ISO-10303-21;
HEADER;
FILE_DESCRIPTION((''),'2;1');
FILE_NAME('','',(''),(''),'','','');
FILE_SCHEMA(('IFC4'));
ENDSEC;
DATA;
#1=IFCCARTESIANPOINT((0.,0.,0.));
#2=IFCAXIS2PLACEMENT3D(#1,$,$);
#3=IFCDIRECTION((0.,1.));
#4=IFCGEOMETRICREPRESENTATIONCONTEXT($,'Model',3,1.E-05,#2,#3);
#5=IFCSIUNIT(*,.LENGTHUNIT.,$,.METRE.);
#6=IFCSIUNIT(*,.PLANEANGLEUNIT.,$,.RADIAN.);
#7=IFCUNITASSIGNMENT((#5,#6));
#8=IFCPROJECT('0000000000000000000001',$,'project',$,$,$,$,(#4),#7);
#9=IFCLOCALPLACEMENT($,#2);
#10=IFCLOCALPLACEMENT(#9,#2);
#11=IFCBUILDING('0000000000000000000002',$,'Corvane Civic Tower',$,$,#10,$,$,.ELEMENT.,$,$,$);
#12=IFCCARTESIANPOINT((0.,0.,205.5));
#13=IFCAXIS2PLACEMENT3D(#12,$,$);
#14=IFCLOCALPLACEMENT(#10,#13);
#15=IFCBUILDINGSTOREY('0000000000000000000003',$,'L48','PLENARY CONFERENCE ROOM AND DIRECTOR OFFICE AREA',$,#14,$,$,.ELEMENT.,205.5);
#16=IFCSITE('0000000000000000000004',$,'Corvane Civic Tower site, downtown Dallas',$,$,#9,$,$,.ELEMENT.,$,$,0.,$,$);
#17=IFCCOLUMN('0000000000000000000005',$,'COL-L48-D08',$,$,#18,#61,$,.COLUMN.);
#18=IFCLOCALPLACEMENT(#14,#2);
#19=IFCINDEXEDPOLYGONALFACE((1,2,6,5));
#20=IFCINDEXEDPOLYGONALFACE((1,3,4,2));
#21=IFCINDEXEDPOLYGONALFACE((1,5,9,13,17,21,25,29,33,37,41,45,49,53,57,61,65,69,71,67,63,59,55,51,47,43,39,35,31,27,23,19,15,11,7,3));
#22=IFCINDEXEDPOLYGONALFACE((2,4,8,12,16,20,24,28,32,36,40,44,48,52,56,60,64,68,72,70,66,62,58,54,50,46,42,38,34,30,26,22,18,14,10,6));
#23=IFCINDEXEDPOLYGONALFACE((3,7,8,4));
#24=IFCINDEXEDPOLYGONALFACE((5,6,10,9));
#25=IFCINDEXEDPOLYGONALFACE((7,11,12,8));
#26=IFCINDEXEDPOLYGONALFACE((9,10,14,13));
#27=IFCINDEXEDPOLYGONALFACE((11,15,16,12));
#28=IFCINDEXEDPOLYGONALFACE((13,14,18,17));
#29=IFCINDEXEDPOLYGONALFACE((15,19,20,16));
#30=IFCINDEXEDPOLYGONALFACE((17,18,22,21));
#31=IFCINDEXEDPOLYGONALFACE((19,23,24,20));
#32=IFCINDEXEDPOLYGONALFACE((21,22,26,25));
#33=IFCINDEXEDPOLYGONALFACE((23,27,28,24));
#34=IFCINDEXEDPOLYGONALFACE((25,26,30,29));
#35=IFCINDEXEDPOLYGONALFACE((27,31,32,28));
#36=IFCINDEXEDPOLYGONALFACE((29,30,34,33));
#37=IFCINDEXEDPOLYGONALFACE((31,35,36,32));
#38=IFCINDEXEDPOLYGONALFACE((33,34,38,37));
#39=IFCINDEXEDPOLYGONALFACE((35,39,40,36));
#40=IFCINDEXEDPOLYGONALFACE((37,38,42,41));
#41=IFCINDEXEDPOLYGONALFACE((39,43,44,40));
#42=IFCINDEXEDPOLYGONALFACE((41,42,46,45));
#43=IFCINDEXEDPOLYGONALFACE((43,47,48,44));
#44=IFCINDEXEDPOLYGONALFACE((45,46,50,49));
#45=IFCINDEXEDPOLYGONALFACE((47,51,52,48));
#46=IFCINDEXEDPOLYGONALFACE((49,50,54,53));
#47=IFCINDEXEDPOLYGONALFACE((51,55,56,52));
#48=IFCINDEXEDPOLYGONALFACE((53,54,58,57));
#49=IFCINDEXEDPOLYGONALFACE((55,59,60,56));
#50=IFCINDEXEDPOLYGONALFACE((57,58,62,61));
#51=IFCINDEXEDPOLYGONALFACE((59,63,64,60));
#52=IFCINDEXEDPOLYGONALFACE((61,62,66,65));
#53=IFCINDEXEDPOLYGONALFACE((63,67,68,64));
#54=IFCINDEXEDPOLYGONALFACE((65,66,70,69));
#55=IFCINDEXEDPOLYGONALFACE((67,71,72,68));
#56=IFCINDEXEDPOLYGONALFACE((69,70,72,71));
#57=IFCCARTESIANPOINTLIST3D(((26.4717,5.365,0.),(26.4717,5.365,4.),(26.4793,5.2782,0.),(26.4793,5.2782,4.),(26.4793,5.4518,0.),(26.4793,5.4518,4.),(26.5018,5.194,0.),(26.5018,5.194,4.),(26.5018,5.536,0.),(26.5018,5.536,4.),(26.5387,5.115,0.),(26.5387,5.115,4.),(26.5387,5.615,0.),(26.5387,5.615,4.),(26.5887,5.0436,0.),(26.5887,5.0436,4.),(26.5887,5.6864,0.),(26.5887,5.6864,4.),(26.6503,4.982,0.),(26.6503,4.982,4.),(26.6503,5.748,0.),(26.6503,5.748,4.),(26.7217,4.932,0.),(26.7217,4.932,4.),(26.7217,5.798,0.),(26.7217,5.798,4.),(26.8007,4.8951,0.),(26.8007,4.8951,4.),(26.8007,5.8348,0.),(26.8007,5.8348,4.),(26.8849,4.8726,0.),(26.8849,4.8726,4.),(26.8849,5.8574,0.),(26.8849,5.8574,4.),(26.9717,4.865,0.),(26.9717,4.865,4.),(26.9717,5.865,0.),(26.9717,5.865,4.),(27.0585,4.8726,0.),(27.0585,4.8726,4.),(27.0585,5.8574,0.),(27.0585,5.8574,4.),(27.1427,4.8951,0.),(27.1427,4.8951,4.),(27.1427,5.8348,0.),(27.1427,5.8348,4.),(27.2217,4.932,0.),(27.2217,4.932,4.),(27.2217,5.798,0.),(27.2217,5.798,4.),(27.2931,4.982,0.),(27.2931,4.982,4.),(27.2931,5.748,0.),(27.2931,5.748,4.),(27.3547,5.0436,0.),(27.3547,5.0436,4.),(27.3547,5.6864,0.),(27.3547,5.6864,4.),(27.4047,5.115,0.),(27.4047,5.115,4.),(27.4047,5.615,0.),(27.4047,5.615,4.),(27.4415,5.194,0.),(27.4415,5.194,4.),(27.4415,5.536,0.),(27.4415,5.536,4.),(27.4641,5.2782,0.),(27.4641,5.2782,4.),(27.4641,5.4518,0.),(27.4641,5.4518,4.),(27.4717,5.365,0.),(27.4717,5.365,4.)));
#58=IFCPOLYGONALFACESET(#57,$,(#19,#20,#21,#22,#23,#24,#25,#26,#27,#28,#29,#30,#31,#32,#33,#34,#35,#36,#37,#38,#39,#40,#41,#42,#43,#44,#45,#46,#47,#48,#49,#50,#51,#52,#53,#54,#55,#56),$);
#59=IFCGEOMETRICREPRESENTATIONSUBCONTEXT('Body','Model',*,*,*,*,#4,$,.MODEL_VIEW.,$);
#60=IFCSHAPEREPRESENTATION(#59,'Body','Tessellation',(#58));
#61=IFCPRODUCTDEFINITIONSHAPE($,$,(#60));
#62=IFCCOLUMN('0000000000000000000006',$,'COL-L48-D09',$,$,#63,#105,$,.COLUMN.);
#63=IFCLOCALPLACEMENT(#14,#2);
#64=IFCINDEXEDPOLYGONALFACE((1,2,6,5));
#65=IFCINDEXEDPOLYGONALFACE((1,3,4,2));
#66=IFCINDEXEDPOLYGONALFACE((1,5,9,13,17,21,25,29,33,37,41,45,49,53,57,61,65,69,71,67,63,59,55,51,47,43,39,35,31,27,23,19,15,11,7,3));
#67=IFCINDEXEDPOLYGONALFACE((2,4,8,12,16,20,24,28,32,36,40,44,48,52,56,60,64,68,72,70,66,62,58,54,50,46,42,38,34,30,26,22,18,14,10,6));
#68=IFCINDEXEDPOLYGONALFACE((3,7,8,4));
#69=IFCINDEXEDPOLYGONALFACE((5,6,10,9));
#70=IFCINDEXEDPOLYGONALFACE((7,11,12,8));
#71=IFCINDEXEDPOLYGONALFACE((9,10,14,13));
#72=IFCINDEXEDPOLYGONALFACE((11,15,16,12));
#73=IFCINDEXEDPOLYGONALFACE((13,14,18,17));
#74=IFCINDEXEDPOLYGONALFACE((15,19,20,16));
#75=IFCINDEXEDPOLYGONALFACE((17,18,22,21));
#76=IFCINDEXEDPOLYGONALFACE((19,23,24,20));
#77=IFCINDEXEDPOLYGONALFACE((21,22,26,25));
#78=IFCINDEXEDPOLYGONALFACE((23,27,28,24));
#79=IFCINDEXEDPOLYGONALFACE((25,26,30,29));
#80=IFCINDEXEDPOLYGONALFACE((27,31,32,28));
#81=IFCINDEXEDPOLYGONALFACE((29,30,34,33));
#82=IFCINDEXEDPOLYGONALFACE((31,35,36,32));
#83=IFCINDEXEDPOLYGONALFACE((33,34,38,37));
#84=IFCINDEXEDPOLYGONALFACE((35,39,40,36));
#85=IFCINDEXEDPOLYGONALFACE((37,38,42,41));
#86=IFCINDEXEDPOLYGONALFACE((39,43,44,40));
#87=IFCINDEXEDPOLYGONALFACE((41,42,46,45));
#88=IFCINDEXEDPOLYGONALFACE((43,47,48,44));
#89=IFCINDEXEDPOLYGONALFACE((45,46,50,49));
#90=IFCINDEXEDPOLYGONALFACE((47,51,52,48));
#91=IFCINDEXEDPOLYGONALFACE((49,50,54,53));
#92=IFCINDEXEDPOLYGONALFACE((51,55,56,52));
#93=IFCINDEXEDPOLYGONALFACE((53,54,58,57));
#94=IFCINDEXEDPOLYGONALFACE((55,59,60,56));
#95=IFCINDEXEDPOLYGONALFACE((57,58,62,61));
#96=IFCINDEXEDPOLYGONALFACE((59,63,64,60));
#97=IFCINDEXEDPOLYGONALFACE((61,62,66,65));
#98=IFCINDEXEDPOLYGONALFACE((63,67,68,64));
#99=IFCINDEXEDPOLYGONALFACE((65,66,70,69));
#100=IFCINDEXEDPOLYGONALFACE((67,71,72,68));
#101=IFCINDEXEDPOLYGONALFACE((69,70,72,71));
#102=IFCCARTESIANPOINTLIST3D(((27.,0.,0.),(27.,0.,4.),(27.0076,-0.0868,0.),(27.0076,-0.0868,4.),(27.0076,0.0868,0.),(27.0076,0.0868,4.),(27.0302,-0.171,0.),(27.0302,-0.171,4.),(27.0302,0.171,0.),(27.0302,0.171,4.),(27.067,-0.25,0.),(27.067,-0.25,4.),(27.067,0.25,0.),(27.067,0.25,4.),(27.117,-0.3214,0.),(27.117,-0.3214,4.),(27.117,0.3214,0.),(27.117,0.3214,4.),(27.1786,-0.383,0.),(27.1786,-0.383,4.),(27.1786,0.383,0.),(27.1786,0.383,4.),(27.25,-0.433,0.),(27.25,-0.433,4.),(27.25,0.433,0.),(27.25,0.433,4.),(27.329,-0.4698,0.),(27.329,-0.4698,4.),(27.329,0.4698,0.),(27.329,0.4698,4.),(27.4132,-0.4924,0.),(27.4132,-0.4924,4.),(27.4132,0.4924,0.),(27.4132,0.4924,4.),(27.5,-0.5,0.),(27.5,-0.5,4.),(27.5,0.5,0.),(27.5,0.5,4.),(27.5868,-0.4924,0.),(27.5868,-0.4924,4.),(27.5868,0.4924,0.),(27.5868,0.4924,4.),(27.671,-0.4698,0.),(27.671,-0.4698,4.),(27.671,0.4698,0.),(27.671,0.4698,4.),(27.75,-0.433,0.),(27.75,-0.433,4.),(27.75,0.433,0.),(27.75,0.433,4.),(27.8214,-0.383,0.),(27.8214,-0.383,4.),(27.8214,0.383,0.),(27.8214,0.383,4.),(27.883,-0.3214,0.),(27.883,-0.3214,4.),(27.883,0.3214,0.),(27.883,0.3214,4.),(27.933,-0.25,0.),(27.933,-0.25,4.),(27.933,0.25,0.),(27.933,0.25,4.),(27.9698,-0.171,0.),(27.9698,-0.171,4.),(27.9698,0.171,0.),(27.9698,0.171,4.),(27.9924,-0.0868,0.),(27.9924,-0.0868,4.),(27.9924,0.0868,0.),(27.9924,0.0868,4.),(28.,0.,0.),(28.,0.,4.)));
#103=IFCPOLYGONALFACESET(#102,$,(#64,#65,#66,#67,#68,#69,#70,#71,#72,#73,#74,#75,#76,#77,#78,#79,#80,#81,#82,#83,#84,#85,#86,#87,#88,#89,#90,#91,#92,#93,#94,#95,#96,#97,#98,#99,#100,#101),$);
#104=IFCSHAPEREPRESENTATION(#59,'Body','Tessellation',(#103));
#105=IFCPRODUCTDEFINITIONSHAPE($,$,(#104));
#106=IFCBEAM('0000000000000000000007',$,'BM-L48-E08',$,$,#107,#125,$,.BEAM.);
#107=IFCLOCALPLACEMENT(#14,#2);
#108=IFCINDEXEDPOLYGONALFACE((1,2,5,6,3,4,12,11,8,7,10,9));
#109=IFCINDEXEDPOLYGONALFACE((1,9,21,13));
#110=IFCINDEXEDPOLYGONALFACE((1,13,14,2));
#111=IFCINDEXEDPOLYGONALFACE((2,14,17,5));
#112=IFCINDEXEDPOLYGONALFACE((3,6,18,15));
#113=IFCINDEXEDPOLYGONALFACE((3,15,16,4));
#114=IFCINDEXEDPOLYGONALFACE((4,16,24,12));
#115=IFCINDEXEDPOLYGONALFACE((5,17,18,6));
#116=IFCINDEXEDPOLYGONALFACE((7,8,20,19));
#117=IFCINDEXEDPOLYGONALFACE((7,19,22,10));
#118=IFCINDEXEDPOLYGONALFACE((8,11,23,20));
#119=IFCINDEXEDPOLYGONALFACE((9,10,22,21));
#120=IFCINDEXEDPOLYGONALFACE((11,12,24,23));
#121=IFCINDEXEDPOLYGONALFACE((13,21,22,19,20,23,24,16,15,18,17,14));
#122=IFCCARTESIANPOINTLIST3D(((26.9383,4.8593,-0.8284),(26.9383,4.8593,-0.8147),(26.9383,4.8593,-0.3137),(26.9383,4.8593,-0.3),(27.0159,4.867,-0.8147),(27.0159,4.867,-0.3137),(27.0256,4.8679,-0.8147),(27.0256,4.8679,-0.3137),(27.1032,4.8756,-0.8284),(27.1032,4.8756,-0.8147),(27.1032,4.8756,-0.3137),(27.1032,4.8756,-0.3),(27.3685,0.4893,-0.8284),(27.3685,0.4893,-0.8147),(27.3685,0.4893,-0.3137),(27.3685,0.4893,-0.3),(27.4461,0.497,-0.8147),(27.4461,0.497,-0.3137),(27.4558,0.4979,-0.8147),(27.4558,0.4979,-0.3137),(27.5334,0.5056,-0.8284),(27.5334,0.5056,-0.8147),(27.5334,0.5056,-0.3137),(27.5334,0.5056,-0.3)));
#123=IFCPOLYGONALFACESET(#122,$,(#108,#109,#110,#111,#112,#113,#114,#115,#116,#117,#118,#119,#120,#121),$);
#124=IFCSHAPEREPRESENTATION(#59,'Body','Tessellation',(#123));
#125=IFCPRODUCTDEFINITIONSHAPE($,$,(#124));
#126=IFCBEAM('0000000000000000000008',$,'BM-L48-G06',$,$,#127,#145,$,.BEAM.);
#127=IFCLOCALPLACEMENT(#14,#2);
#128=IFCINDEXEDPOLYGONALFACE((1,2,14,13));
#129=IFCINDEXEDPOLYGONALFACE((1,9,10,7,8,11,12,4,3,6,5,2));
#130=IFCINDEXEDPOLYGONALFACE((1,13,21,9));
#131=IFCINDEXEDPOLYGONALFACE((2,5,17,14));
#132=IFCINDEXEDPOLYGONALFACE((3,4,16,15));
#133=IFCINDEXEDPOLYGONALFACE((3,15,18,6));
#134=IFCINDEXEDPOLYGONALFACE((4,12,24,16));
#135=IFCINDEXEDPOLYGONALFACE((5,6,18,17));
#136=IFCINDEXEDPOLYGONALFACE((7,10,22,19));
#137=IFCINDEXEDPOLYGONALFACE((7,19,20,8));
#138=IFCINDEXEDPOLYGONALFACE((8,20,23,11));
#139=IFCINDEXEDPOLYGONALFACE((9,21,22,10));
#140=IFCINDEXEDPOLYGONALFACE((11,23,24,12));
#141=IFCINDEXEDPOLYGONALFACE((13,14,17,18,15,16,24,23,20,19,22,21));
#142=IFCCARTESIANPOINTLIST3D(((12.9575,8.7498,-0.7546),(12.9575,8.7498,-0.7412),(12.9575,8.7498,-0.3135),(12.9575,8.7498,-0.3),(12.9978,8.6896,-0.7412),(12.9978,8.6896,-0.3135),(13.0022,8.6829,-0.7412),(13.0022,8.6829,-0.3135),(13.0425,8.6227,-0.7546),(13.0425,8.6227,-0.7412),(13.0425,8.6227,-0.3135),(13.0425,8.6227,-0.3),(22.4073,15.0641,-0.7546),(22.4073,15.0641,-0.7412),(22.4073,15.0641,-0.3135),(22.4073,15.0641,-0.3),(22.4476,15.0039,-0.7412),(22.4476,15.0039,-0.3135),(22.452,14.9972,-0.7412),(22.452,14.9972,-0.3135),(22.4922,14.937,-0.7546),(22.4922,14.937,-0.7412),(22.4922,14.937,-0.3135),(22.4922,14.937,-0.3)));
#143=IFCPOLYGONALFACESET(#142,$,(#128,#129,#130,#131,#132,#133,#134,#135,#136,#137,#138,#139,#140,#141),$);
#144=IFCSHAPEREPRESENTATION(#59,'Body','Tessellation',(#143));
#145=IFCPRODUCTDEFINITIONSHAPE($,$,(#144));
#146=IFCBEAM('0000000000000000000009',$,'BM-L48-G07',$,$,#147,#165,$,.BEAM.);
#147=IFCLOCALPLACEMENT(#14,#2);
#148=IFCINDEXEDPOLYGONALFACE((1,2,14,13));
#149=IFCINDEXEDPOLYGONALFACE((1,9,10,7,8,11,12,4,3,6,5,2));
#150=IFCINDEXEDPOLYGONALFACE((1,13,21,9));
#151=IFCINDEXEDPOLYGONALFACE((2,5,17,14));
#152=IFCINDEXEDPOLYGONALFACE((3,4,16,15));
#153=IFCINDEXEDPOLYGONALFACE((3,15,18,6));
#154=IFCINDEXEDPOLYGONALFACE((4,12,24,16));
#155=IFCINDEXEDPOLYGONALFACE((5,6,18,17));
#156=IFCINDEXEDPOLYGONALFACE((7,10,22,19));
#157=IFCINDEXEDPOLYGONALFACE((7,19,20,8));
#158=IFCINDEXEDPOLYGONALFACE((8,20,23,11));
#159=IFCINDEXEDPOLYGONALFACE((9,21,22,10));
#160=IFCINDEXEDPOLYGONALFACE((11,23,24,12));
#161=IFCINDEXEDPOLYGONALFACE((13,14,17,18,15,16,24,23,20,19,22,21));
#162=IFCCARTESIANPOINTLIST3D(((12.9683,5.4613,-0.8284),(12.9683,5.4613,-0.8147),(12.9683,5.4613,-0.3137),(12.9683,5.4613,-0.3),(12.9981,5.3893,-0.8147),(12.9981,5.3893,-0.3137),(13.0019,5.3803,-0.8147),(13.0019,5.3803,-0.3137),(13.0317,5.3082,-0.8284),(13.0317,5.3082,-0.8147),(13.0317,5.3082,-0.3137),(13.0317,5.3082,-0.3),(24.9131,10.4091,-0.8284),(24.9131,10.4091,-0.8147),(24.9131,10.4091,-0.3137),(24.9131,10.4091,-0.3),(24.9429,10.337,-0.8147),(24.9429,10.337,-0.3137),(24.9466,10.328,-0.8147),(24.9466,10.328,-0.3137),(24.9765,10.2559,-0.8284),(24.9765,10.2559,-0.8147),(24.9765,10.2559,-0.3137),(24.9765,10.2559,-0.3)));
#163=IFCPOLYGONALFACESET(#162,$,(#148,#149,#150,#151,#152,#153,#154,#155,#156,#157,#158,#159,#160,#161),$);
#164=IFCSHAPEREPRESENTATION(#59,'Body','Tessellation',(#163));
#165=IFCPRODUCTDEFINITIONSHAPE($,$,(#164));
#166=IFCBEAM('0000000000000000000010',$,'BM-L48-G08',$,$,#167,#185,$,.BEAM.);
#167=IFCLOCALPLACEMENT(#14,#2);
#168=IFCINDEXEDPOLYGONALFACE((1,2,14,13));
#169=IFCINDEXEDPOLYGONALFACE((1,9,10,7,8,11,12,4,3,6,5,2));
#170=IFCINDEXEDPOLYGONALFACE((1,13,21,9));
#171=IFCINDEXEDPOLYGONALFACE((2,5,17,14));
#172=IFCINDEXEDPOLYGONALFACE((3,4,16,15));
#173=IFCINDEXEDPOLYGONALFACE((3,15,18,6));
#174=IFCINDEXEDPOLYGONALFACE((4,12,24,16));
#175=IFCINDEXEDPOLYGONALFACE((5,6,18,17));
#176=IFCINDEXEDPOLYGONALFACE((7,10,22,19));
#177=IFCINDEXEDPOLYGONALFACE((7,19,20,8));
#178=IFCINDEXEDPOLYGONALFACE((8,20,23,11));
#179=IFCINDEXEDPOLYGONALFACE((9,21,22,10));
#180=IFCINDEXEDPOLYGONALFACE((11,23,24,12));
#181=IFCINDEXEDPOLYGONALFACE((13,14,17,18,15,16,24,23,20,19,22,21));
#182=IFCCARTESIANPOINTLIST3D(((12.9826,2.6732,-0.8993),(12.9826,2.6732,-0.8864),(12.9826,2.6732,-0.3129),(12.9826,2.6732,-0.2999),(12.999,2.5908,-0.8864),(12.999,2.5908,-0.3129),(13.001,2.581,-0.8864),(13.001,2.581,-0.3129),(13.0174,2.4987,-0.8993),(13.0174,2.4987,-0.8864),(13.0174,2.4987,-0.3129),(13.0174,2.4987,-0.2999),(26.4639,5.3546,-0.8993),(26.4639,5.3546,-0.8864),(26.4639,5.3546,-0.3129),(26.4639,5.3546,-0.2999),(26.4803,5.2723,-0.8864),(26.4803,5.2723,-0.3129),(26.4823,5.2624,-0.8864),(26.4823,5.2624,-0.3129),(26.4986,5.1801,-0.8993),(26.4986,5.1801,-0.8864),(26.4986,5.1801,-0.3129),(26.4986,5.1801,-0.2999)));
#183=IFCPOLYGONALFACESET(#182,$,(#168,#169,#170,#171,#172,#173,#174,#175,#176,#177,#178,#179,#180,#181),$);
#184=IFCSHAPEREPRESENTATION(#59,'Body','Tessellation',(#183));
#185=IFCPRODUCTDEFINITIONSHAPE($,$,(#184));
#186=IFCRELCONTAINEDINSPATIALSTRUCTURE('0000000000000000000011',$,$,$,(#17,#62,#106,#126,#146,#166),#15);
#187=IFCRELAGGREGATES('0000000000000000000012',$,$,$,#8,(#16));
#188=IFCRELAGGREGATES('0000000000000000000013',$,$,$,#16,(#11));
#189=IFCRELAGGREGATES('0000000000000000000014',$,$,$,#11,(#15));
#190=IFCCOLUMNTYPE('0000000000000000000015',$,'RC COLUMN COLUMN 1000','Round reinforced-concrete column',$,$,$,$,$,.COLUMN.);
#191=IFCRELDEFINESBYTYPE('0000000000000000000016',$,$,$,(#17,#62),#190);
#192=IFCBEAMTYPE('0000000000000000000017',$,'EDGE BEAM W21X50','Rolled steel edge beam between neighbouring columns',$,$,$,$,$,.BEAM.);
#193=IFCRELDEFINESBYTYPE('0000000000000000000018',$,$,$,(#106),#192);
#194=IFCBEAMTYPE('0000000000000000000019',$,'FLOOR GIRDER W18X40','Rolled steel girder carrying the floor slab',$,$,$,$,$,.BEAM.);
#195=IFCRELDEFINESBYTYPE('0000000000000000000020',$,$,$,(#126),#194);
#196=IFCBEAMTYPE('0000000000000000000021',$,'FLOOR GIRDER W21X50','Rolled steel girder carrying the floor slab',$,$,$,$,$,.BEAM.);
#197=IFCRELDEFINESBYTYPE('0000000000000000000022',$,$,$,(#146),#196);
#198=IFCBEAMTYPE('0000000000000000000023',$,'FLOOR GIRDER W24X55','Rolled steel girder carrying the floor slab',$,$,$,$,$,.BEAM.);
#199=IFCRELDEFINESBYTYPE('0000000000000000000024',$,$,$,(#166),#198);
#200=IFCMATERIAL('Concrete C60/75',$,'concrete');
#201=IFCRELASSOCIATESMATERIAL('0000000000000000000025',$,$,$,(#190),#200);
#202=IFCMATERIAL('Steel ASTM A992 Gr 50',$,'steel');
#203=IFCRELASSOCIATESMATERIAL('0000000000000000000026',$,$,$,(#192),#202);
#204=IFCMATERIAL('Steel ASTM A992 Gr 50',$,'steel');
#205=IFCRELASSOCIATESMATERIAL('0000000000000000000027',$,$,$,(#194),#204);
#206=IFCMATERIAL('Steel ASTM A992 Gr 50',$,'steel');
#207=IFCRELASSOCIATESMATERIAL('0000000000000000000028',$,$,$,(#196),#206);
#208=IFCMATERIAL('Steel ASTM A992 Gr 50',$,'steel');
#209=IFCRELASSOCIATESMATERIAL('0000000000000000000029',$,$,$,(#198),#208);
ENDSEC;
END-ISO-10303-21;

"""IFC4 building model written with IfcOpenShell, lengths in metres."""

from ifc_helpers import new_model, si_unit, direction, frame, origin, origin_2d, place, context, subcontext, project, spatial, circle, i_section, extrude, material, material_profile, profile_set, type_object, element, save


model = new_model("IFC4")

# Units and contexts
model_context = context("Model", 3, precision=1e-05, world=origin(), true_north=direction((0.0, 1.0)))
body_context = subcontext(model_context, "Body", "Model", "MODEL_VIEW")
ifc_project = project(units=[si_unit("LENGTHUNIT", "METRE"), si_unit("PLANEANGLEUNIT", "RADIAN")], contexts=[model_context])

# Site, building, storey
site_placement = place(None, origin())
site = spatial("IfcSite", under=ifc_project, at=site_placement, Name="Corvane Civic Tower site, downtown Dallas", CompositionType="ELEMENT", RefElevation=0.0)
building_placement = place(site_placement, origin())
building = spatial("IfcBuilding", under=site, at=building_placement, Name="Corvane Civic Tower", CompositionType="ELEMENT")
storey_placement = place(building_placement, frame((0.0, 0.0, 205.5)))
storey = spatial("IfcBuildingStorey", under=building, at=storey_placement, Name="L48", Description="PLENARY CONFERENCE ROOM AND DIRECTOR OFFICE AREA", CompositionType="ELEMENT", Elevation=205.5)

# Columns
ifc_material_1 = material(Name="Concrete C60/75", Category="concrete")
ifc_material_profile_1 = material_profile(ifc_material_1, circle(Radius=0.5, at=origin_2d()), Name="COLUMN 1000")
ifc_profile_set_1 = profile_set([ifc_material_profile_1], Name="Concrete C60/75")
column_type = type_object("IfcColumnType", Name="RC COLUMN COLUMN 1000", Description="Round reinforced-concrete column", PredefinedType="COLUMN", material=ifc_profile_set_1)
for number, where, z_axis, x_axis, name in (
    (1, (26.9717, 5.365, 0.0), (0.0, 0.0, 1.0), (1.0, 0.0, 0.0), "COL-L48-D08"),
    (2, (27.5, 0.0, 0.0), (0.0, 0.0, 1.0), (1.0, 0.0, 0.0), "COL-L48-D09"),
):
    element("IfcColumn", number, at=place(storey_placement, frame(where, z_axis=z_axis, x_axis=x_axis)), inside=storey, type_object=column_type, Name=name, PredefinedType="COLUMN", context=body_context, shape_type="SweptSolid", body=[
        extrude(circle(Radius=0.5, at=origin_2d()), origin(), (0.0, 0.0, 1.0), 4.0),
    ])

# Beams
ifc_material_2 = material(Name="Steel ASTM A992 Gr 50", Category="steel")
ifc_material_profile_2 = material_profile(ifc_material_2, i_section(OverallWidth=0.1658, OverallDepth=0.5283, WebThickness=0.0098, FlangeThickness=0.0137, at=origin_2d()), Name="W21X50")
ifc_profile_set_2 = profile_set([ifc_material_profile_2], Name="Steel ASTM A992 Gr 50")
beam_type_1 = type_object("IfcBeamType", Name="EDGE BEAM W21X50", Description="Rolled steel edge beam between neighbouring columns", PredefinedType="BEAM", material=ifc_profile_set_2)
beam_1_placement = place(storey_placement, frame((27.0208, 4.8674, -0.5642), z_axis=(0.097968, -0.99519, 0.0), x_axis=(0.99519, 0.097968, 0.0)))
element("IfcBeam", 3, at=beam_1_placement, inside=storey, type_object=beam_type_1, Name="BM-L48-E08", PredefinedType="BEAM", context=body_context, shape_type="SweptSolid", body=[
    extrude(i_section(OverallWidth=0.1658, OverallDepth=0.5283, WebThickness=0.0098, FlangeThickness=0.0137, at=origin_2d()), origin(), (0.0, 0.0, 1.0), 4.3911),
])
ifc_material_3 = material(Name="Steel ASTM A992 Gr 50", Category="steel")
ifc_material_profile_3 = material_profile(ifc_material_3, i_section(OverallWidth=0.1528, OverallDepth=0.4546, WebThickness=0.0081, FlangeThickness=0.0134, at=origin_2d()), Name="W18X40")
ifc_profile_set_3 = profile_set([ifc_material_profile_3], Name="Steel ASTM A992 Gr 50")
beam_type_2 = type_object("IfcBeamType", Name="FLOOR GIRDER W18X40", Description="Rolled steel girder carrying the floor slab", PredefinedType="BEAM", material=ifc_profile_set_3)
beam_2_placement = place(storey_placement, frame((13.0, 8.6863, -0.5273), z_axis=(0.831465, 0.555577, 0.0), x_axis=(-0.555577, 0.831465, 0.0)))
element("IfcBeam", 4, at=beam_2_placement, inside=storey, type_object=beam_type_2, Name="BM-L48-G06", PredefinedType="BEAM", context=body_context, shape_type="SweptSolid", body=[
    extrude(i_section(OverallWidth=0.1528, OverallDepth=0.4546, WebThickness=0.0081, FlangeThickness=0.0134, at=origin_2d()), origin(), (0.0, 0.0, 1.0), 11.3652),
])
ifc_material_4 = material(Name="Steel ASTM A992 Gr 50", Category="steel")
ifc_material_profile_4 = material_profile(ifc_material_4, i_section(OverallWidth=0.1658, OverallDepth=0.5283, WebThickness=0.0098, FlangeThickness=0.0137, at=origin_2d()), Name="W21X50")
ifc_profile_set_4 = profile_set([ifc_material_profile_4], Name="Steel ASTM A992 Gr 50")
beam_type_3 = type_object("IfcBeamType", Name="FLOOR GIRDER W21X50", Description="Rolled steel girder carrying the floor slab", PredefinedType="BEAM", material=ifc_profile_set_4)
beam_3_placement = place(storey_placement, frame((13.0, 5.3848, -0.5642), z_axis=(0.923878, 0.382686, 0.0), x_axis=(-0.382686, 0.923878, 0.0)))
element("IfcBeam", 5, at=beam_3_placement, inside=storey, type_object=beam_type_3, Name="BM-L48-G07", PredefinedType="BEAM", context=body_context, shape_type="SweptSolid", body=[
    extrude(i_section(OverallWidth=0.1658, OverallDepth=0.5283, WebThickness=0.0098, FlangeThickness=0.0137, at=origin_2d()), origin(), (0.0, 0.0, 1.0), 12.929),
])
ifc_material_5 = material(Name="Steel ASTM A992 Gr 50", Category="steel")
ifc_material_profile_5 = material_profile(ifc_material_5, i_section(OverallWidth=0.178, OverallDepth=0.5994, WebThickness=0.01, FlangeThickness=0.0129, at=origin_2d()), Name="W24X55")
ifc_profile_set_5 = profile_set([ifc_material_profile_5], Name="Steel ASTM A992 Gr 50")
beam_type_4 = type_object("IfcBeamType", Name="FLOOR GIRDER W24X55", Description="Rolled steel girder carrying the floor slab", PredefinedType="BEAM", material=ifc_profile_set_5)
beam_4_placement = place(storey_placement, frame((13.0, 2.5859, -0.5996), z_axis=(0.980788, 0.195078, 0.0), x_axis=(-0.195078, 0.980788, 0.0)))
element("IfcBeam", 6, at=beam_4_placement, inside=storey, type_object=beam_type_4, Name="BM-L48-G08", PredefinedType="BEAM", context=body_context, shape_type="SweptSolid", body=[
    extrude(i_section(OverallWidth=0.178, OverallDepth=0.5994, WebThickness=0.01, FlangeThickness=0.0129, at=origin_2d()), origin(), (0.0, 0.0, 1.0), 13.7454),
])

save(model, "model.ifc")
